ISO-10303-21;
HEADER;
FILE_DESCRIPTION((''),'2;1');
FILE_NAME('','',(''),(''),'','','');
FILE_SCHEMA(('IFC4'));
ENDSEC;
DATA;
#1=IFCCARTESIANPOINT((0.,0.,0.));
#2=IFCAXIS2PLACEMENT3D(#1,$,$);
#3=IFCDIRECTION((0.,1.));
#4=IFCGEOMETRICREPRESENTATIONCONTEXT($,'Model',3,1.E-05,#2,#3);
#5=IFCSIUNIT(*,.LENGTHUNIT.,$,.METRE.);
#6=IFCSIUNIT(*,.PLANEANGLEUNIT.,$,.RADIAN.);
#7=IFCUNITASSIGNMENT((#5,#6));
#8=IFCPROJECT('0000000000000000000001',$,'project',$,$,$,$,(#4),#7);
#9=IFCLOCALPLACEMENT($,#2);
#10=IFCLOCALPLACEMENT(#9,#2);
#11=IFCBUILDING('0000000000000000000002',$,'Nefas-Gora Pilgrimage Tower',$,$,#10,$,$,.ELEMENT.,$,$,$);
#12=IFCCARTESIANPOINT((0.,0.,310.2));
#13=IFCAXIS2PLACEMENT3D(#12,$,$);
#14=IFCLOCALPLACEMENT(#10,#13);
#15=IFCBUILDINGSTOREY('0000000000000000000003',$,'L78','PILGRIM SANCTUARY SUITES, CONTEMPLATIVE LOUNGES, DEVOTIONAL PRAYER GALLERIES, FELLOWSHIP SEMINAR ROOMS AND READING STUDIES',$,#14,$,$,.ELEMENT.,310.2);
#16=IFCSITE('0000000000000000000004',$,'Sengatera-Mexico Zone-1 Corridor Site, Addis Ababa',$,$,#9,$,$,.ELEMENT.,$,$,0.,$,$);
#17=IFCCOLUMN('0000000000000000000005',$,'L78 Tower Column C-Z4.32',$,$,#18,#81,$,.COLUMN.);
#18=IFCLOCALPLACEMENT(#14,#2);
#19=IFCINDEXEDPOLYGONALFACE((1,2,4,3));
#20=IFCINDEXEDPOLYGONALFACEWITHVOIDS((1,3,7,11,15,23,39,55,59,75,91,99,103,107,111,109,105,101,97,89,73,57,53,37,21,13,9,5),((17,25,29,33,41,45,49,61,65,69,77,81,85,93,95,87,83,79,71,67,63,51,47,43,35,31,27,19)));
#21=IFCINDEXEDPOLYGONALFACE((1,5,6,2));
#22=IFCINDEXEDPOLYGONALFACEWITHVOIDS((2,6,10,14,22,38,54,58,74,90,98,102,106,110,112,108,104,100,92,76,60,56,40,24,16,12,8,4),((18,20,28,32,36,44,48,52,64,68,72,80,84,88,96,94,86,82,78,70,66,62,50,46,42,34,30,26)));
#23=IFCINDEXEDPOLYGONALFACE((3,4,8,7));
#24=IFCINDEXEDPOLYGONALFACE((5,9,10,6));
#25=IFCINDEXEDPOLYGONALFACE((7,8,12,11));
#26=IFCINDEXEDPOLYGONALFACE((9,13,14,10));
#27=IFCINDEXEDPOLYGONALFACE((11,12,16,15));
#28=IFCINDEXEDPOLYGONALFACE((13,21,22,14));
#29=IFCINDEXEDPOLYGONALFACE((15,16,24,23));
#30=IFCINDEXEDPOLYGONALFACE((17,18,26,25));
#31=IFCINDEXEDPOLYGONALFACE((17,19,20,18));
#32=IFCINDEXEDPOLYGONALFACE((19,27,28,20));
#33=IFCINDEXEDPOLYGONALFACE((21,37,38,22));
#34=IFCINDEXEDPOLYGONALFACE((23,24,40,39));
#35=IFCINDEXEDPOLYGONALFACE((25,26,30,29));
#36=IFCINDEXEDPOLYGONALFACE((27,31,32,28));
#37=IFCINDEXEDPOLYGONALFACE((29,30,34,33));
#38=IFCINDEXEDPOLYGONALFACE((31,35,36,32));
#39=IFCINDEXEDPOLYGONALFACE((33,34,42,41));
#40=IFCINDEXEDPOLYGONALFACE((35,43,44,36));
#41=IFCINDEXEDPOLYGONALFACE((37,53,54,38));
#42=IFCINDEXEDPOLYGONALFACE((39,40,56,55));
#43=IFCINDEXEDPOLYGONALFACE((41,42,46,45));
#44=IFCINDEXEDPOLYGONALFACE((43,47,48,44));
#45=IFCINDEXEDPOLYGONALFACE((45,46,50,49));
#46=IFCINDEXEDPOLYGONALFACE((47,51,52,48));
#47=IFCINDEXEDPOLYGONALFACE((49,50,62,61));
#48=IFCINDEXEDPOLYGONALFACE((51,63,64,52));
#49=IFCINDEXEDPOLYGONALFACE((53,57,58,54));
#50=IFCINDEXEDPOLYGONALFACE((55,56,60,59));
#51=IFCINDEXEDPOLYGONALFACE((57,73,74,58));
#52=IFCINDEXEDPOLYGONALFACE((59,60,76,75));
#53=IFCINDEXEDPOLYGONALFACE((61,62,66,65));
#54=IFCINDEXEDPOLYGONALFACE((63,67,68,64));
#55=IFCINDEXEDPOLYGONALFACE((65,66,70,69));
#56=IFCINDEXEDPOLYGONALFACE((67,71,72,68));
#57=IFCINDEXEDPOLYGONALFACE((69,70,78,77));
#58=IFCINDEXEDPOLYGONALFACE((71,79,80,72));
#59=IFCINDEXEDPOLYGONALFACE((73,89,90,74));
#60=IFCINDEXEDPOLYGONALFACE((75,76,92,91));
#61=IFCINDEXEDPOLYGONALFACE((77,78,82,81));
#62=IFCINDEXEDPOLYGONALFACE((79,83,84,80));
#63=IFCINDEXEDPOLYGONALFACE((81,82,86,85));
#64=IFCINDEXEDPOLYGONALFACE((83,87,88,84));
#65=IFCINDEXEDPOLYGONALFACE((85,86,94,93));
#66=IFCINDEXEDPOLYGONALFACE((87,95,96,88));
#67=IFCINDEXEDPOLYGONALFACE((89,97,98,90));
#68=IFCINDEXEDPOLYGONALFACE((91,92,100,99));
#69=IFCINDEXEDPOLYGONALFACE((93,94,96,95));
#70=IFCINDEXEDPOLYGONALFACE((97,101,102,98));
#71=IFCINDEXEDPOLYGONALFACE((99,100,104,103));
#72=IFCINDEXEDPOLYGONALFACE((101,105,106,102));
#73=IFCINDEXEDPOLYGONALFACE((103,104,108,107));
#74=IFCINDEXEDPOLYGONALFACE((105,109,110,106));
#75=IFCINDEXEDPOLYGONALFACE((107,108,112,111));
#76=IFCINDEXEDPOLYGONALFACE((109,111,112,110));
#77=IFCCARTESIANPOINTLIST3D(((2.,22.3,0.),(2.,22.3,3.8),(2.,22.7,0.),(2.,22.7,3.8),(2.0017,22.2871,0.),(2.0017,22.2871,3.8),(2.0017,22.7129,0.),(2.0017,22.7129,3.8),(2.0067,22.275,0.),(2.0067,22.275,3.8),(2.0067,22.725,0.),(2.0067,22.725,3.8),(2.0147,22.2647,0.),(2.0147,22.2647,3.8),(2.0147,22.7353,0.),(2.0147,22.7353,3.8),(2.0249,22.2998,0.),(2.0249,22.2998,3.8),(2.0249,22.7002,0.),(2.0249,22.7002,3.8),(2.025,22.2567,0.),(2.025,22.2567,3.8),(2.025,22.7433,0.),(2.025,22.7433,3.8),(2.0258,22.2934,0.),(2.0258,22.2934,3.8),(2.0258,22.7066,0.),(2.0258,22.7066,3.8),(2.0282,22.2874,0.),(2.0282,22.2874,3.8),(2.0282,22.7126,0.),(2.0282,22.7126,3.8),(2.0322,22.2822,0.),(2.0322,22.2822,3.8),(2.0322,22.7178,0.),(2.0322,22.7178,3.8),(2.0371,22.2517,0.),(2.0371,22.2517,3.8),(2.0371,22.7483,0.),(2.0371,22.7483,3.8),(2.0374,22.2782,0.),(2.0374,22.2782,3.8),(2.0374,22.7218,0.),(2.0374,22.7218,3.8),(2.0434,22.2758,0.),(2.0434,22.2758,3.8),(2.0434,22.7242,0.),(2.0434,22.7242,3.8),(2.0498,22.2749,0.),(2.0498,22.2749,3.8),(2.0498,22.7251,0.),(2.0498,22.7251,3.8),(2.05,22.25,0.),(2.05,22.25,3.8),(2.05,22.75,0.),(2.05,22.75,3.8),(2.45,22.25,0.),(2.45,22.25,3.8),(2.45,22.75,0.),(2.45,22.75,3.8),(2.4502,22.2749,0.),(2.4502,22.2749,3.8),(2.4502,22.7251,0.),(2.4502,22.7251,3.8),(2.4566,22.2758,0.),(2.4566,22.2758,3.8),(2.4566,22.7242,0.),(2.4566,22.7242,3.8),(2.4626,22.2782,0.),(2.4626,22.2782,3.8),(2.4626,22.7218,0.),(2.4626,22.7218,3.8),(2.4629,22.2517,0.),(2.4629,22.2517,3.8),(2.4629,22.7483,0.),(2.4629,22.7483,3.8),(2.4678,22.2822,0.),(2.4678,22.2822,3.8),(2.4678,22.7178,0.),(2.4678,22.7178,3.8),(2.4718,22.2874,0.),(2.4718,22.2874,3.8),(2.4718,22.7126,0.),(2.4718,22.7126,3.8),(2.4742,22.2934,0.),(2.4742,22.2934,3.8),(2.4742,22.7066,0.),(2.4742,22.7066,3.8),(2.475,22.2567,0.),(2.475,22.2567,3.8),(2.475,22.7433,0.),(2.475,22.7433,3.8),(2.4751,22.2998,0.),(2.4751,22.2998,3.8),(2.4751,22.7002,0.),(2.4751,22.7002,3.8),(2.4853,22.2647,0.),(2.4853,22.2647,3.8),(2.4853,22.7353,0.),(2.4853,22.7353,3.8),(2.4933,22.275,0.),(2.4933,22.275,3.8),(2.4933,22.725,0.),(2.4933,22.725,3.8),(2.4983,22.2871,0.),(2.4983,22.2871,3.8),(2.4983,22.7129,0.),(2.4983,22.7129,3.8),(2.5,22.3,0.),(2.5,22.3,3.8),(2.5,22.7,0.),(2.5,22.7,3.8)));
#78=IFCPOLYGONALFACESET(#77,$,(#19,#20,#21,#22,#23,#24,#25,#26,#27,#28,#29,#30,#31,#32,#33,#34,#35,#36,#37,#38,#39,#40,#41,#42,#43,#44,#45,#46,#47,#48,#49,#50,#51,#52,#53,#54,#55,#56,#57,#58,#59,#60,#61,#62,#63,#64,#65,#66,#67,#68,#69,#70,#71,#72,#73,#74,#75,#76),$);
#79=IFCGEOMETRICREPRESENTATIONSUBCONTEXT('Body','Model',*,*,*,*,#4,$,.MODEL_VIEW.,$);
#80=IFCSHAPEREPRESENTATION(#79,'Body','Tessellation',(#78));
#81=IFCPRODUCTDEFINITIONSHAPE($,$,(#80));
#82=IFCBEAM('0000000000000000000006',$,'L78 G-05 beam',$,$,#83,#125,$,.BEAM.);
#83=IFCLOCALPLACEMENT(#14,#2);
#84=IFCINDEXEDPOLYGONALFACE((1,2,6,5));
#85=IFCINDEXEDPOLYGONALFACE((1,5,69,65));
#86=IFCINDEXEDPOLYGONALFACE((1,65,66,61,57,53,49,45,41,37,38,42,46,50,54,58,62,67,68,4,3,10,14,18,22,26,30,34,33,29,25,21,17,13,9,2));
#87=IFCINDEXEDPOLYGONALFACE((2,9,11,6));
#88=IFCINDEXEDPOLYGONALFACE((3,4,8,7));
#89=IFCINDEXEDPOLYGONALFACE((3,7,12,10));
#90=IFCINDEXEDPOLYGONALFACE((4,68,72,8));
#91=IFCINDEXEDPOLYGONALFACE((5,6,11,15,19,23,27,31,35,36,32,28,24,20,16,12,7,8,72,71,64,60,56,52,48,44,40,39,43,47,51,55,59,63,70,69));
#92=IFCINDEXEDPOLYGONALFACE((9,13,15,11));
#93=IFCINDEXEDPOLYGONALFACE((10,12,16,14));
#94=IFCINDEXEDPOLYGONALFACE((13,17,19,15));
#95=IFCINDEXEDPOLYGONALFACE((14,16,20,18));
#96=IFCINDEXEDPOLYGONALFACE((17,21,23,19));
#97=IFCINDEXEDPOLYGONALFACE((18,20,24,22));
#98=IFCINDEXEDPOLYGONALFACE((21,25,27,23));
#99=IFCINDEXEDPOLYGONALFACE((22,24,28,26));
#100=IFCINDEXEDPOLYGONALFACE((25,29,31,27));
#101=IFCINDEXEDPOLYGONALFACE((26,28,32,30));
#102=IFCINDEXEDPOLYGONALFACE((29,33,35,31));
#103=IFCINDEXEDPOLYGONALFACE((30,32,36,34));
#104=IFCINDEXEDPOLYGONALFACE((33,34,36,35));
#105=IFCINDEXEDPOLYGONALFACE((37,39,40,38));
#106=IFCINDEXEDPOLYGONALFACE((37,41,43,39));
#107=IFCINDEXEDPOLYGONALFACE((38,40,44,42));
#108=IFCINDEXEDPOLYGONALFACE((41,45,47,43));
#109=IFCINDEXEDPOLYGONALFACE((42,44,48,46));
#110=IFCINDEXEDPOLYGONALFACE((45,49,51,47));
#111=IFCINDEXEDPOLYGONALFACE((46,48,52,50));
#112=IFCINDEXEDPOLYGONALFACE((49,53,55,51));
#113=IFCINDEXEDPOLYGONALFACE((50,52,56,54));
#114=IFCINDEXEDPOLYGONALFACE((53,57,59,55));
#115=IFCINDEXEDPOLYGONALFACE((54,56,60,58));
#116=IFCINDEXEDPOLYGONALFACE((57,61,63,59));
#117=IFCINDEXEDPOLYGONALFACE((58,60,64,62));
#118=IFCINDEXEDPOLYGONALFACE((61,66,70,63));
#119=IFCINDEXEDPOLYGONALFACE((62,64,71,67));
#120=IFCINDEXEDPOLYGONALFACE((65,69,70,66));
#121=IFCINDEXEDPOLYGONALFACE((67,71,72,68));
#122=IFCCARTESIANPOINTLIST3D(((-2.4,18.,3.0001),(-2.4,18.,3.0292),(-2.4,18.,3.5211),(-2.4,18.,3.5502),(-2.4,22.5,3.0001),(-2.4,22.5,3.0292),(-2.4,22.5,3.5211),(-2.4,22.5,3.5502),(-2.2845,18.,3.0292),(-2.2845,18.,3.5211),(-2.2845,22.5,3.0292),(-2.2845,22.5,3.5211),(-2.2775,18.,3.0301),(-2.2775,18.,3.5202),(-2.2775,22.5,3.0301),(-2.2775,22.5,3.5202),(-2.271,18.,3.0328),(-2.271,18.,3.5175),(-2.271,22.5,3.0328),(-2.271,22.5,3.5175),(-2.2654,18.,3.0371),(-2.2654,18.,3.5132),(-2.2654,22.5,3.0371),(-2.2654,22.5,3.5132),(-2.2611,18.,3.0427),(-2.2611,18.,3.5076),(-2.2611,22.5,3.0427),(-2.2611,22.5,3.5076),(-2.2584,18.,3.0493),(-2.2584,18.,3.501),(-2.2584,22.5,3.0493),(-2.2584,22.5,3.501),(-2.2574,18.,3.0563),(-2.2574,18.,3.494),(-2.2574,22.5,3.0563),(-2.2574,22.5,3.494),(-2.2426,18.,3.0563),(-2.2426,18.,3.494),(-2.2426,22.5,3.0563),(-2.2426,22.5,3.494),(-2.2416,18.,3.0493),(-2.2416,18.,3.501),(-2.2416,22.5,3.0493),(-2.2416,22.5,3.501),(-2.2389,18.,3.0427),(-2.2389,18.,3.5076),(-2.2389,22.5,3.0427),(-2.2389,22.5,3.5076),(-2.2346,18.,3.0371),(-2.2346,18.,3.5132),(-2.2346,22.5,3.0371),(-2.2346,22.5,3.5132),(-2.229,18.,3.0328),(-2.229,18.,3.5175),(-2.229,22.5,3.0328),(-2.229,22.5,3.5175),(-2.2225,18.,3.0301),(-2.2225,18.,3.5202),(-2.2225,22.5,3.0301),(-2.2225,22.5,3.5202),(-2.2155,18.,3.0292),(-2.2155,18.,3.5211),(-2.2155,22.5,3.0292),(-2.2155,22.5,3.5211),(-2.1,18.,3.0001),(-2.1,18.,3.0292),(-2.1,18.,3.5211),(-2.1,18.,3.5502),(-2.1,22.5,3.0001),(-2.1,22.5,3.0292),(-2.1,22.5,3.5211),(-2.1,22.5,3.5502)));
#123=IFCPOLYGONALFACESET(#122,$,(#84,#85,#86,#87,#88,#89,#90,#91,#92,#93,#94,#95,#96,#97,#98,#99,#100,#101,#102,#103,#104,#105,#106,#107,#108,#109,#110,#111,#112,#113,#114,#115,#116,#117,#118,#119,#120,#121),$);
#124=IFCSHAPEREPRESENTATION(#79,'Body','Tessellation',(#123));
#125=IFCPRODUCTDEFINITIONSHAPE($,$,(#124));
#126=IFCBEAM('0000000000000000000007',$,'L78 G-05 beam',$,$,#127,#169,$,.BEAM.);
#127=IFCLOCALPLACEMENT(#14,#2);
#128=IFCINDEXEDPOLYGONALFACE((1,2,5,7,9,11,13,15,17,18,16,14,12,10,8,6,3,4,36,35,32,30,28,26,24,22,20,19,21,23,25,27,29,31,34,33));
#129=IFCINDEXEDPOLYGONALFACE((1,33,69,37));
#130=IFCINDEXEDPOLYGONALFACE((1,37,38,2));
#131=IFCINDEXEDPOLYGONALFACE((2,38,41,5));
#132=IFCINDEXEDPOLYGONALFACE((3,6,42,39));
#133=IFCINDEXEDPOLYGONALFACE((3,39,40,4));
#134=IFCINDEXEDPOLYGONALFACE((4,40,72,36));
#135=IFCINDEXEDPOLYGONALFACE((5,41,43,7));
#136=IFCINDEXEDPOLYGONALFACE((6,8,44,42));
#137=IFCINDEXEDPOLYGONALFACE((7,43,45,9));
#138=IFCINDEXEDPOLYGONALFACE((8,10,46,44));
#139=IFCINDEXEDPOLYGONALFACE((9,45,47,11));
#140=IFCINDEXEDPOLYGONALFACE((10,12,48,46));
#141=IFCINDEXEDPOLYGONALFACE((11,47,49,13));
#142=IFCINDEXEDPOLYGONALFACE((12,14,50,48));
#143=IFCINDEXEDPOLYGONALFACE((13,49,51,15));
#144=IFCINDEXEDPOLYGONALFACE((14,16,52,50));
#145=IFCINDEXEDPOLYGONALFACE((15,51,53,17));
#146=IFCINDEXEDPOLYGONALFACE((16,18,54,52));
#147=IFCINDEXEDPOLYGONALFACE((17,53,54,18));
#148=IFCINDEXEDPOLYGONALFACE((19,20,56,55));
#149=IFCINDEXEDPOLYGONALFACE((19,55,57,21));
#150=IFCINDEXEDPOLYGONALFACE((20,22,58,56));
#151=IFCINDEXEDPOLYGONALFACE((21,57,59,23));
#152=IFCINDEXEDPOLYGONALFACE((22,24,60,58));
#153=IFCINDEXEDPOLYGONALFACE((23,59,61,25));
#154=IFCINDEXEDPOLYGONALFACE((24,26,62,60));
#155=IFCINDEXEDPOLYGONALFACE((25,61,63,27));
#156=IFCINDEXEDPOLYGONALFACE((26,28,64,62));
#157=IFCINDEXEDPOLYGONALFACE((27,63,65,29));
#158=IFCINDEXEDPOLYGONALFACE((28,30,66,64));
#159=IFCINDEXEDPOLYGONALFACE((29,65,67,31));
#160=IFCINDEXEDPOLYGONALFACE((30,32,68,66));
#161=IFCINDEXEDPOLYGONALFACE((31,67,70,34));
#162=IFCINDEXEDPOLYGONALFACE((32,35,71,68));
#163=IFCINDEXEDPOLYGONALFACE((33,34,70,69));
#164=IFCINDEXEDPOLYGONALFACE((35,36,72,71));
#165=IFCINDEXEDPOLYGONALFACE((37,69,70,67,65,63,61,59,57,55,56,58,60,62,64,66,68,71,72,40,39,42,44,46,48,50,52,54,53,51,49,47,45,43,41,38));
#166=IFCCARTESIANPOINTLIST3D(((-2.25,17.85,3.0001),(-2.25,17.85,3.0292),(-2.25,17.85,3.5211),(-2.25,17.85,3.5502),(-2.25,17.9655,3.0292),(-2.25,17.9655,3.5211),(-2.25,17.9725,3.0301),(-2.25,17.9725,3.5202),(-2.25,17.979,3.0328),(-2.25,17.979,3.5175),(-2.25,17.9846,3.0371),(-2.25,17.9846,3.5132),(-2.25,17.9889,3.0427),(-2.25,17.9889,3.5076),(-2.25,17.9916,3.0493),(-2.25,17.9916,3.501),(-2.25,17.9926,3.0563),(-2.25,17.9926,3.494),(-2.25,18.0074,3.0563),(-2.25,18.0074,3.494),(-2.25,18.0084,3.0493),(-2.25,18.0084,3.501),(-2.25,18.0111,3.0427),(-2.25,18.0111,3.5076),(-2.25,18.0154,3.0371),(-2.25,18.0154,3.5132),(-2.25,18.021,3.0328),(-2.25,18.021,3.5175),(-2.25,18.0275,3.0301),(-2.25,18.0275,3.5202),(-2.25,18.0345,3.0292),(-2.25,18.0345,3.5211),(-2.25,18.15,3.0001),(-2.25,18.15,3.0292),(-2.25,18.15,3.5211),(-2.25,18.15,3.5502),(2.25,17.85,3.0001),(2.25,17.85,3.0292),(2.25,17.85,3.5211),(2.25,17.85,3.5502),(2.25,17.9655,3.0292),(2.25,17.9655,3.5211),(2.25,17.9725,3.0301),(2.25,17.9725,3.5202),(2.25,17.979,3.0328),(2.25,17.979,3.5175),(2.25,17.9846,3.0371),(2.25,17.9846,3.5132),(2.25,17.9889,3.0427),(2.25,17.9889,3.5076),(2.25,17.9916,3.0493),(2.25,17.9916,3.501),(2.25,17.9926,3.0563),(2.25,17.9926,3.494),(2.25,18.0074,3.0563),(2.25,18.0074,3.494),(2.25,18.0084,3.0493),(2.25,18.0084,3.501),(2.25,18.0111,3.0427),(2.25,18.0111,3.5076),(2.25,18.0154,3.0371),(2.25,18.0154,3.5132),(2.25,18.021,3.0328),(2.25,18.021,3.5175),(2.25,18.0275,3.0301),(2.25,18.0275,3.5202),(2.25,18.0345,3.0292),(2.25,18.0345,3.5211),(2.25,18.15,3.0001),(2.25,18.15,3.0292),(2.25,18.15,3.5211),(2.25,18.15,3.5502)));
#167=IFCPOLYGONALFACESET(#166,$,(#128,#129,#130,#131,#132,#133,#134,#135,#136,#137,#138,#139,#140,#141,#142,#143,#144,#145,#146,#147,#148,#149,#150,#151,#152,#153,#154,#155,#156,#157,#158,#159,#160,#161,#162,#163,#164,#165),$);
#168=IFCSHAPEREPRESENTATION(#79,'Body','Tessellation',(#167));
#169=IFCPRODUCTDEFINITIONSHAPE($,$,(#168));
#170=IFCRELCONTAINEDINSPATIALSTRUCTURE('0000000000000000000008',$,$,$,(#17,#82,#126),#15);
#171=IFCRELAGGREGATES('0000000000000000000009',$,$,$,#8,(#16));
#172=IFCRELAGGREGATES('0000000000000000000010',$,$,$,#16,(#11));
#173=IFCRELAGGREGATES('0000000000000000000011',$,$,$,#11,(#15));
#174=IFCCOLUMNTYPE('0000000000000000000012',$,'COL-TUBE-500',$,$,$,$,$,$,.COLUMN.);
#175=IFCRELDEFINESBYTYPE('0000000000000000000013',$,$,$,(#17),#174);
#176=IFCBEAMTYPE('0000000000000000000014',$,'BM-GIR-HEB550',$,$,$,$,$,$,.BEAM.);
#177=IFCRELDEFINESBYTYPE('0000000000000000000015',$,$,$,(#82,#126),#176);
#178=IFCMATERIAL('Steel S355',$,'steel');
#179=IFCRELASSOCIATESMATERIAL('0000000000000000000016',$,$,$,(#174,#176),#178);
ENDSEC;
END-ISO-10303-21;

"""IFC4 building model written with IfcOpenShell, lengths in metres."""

from ifc_helpers import new_model, si_unit, direction, frame, origin, origin_2d, place, context, subcontext, project, spatial, hollow_rectangle, i_section, extrude, source, transform, mapped, material, material_profile, profile_set, type_object, element, save


model = new_model("IFC4")

# Units and contexts
model_context = context("Model", 3, precision=1e-05, world=origin(), true_north=direction((0.0, 1.0)))
body_context = subcontext(model_context, "Body", "Model", "MODEL_VIEW")
ifc_project = project(units=[si_unit("LENGTHUNIT", "METRE"), si_unit("PLANEANGLEUNIT", "RADIAN")], contexts=[model_context])

# Site, building, storey
site_placement = place(None, origin())
site = spatial("IfcSite", under=ifc_project, at=site_placement, Name="Sengatera-Mexico Zone-1 Corridor Site, Addis Ababa", CompositionType="ELEMENT", RefElevation=0.0)
building_placement = place(site_placement, origin())
building = spatial("IfcBuilding", under=site, at=building_placement, Name="Nefas-Gora Pilgrimage Tower", CompositionType="ELEMENT")
storey_placement = place(building_placement, frame((0.0, 0.0, 310.2)))
storey = spatial("IfcBuildingStorey", under=building, at=storey_placement, Name="L78", Description="PILGRIM SANCTUARY SUITES, CONTEMPLATIVE LOUNGES, DEVOTIONAL PRAYER GALLERIES, FELLOWSHIP SEMINAR ROOMS AND READING STUDIES", CompositionType="ELEMENT", Elevation=310.2)

# Column
ifc_material_1 = material(Name="Steel S355", Category="steel")
ifc_material_profile_1 = material_profile(ifc_material_1, hollow_rectangle(XDim=0.5, YDim=0.5, WallThickness=0.0249, InnerFilletRadius=0.0249, OuterFilletRadius=0.05, at=origin_2d()), Name="SHS 500x500x25")
ifc_profile_set_1 = profile_set([ifc_material_profile_1], Name="Steel S355")
column_type_1 = type_object("IfcColumnType", Name="COL-TUBE-500", PredefinedType="COLUMN", material=ifc_profile_set_1)
shared_shape_1 = source(origin(), body_context, "Body", "SweptSolid", [
    extrude(hollow_rectangle(XDim=0.5, YDim=0.5, WallThickness=0.0249, InnerFilletRadius=0.0249, OuterFilletRadius=0.05, at=origin_2d()), origin(), (0.0, 0.0, 1.0), 3.8),
])
column_placement = place(storey_placement, frame((2.25, 22.5, 0.0), z_axis=(0.0, 0.0, 1.0), x_axis=(1.0, 0.0, 0.0)))
element("IfcColumn", 1, at=column_placement, inside=storey, type_object=column_type_1, Name="L78 Tower Column C-Z4.32", PredefinedType="COLUMN", context=body_context, shape_type="MappedRepresentation", body=[
    mapped(shared_shape_1, transform((0.0, 0.0, 0.0), x_axis=(1.0, 0.0, 0.0), y_axis=(0.0, 1.0, 0.0), z_axis=(0.0, 0.0, 1.0), scale=1.0)),
])

# Beams
ifc_material_profile_2 = material_profile(ifc_material_1, i_section(OverallWidth=0.3, OverallDepth=0.55, WebThickness=0.0149, FlangeThickness=0.0291, FilletRadius=0.0271, at=origin_2d()), Name="HEB 550")
ifc_profile_set_2 = profile_set([ifc_material_profile_2], Name="Steel S355")
beam_type = type_object("IfcBeamType", Name="BM-GIR-HEB550", PredefinedType="BEAM", material=ifc_profile_set_2)
shared_shape_2 = source(origin(), body_context, "Body", "SweptSolid", [
    extrude(i_section(OverallWidth=0.3, OverallDepth=0.55, WebThickness=0.0149, FlangeThickness=0.0291, FilletRadius=0.0271, at=origin_2d()), origin(), (0.0, 0.0, 1.0), 4.5),
])
for number, where, z_axis, x_axis, name in (
    (2, (-2.25, 18.0, 3.2751), (0.0, 1.0, 0.0), (-1.0, 0.0, 0.0), "L78 G-05 beam"),
    (3, (-2.25, 18.0, 3.2751), (1.0, 0.0, 0.0), (0.0, 1.0, 0.0), "L78 G-05 beam"),
):
    element("IfcBeam", number, at=place(storey_placement, frame(where, z_axis=z_axis, x_axis=x_axis)), inside=storey, type_object=beam_type, Name=name, PredefinedType="BEAM", context=body_context, shape_type="MappedRepresentation", body=[
        mapped(shared_shape_2, transform((0.0, 0.0, 0.0), x_axis=(1.0, 0.0, 0.0), y_axis=(0.0, 1.0, 0.0), z_axis=(0.0, 0.0, 1.0), scale=1.0)),
    ])

save(model, "model.ifc")
